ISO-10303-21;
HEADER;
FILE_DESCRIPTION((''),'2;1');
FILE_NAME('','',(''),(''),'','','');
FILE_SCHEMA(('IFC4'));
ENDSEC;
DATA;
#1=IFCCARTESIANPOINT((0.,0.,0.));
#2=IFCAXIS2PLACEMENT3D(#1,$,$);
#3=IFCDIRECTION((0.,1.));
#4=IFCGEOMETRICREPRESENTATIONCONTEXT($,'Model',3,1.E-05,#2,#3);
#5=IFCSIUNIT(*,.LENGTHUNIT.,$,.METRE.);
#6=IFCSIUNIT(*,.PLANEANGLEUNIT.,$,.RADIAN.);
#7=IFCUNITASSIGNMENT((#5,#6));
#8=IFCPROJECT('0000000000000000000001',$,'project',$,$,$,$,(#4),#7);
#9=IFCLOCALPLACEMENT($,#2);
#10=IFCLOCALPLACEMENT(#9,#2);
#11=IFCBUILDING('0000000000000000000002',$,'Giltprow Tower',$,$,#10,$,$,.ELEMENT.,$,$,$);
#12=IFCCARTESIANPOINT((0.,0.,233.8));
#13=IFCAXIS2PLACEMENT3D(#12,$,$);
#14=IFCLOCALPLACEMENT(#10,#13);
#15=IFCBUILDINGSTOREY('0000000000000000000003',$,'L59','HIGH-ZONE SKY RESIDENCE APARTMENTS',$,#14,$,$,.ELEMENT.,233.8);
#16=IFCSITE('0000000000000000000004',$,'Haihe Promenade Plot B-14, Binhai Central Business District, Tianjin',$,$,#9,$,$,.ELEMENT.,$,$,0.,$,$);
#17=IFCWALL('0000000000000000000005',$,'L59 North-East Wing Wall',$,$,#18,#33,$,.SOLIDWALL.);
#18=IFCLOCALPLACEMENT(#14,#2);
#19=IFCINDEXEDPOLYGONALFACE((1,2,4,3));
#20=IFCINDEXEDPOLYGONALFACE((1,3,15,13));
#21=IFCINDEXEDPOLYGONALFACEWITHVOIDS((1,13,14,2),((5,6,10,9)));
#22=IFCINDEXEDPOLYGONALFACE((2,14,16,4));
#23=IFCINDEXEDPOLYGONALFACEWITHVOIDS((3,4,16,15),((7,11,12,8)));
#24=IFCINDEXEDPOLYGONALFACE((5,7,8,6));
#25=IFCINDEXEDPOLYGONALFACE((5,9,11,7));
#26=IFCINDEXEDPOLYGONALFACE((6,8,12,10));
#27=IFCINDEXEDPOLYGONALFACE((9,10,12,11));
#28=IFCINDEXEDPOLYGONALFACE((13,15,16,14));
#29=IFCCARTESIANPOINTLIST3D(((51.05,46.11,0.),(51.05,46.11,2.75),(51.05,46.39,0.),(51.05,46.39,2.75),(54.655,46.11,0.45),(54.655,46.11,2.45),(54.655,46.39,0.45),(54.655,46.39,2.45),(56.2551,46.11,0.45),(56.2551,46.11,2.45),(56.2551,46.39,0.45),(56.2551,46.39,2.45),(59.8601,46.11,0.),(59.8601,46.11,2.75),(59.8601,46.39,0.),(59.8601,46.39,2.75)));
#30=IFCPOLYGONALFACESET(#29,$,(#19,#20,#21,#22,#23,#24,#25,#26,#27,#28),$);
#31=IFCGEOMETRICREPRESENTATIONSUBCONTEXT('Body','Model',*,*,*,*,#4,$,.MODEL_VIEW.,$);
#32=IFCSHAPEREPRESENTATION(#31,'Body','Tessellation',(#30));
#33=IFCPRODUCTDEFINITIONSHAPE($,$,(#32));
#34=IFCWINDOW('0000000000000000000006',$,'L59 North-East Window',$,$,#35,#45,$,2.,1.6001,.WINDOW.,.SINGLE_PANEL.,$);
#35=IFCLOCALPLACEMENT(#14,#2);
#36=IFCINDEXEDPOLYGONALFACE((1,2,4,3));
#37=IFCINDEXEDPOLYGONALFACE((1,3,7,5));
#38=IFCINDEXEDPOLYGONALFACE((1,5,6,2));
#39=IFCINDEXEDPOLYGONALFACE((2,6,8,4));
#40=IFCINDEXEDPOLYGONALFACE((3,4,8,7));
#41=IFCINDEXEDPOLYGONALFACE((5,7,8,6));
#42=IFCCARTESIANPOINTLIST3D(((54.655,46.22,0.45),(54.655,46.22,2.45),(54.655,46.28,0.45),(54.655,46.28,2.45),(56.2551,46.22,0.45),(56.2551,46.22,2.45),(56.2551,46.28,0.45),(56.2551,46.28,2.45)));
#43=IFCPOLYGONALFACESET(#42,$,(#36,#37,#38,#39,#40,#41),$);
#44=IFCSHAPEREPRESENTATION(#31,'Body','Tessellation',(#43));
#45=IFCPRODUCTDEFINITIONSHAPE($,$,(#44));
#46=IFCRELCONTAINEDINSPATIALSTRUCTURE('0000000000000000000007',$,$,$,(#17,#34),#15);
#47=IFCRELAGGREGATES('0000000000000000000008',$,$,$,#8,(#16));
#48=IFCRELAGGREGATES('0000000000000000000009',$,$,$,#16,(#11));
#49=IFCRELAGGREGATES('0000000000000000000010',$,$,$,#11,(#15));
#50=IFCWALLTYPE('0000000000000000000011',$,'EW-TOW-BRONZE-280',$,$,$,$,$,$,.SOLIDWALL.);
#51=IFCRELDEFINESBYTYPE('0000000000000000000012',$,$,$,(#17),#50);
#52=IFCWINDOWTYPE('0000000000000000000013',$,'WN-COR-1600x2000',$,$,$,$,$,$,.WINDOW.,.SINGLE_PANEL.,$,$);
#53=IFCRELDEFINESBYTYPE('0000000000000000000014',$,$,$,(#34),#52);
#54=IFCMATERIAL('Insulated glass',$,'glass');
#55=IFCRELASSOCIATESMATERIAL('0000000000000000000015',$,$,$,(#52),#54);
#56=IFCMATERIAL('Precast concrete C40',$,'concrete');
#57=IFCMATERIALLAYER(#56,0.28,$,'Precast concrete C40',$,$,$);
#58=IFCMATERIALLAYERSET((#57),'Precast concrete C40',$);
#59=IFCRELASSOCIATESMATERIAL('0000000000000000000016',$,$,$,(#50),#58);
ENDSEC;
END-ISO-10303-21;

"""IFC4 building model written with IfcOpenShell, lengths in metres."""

from ifc_helpers import new_model, si_unit, direction, frame, frame_2d, origin, place, context, subcontext, project, spatial, rectangle, extrude, source, transform, mapped, material, layer, layer_set, type_object, element, fill, save


model = new_model("IFC4")

# Units and contexts
model_context = context("Model", 3, precision=1e-05, world=origin(), true_north=direction((0.0, 1.0)))
body_context = subcontext(model_context, "Body", "Model", "MODEL_VIEW")
ifc_project = project(units=[si_unit("LENGTHUNIT", "METRE"), si_unit("PLANEANGLEUNIT", "RADIAN")], contexts=[model_context])

# Site, building, storey
site_placement = place(None, origin())
site = spatial("IfcSite", under=ifc_project, at=site_placement, Name="Haihe Promenade Plot B-14, Binhai Central Business District, Tianjin", CompositionType="ELEMENT", RefElevation=0.0)
building_placement = place(site_placement, origin())
building = spatial("IfcBuilding", under=site, at=building_placement, Name="Giltprow Tower", CompositionType="ELEMENT")
storey_placement = place(building_placement, frame((0.0, 0.0, 233.8)))
storey = spatial("IfcBuildingStorey", under=building, at=storey_placement, Name="L59", Description="HIGH-ZONE SKY RESIDENCE APARTMENTS", CompositionType="ELEMENT", Elevation=233.8)

# Wall, opening, window
ifc_material_1 = material(Name="Precast concrete C40", Category="concrete")
ifc_material_2 = material(Name="Insulated glass", Category="glass")
window_type = type_object("IfcWindowType", Name="WN-COR-1600x2000", PartitioningType="SINGLE_PANEL", PredefinedType="WINDOW", material=ifc_material_2)
shared_shape_1 = source(origin(), body_context, "Body", "SweptSolid", [
    extrude(rectangle(XDim=1.6001, YDim=2.0, at=frame_2d((0.8, 1.0))), frame((0.0, 0.03, 0.0), z_axis=(0.0, -1.0, 0.0), x_axis=(1.0, 0.0, 0.0)), (0.0, 0.0, 1.0), 0.0601),
])
ifc_layer_1 = layer(ifc_material_1, 0.28, Name="Precast concrete C40")
ifc_layer_set_1 = layer_set([ifc_layer_1], Name="Precast concrete C40")
wall_type_1 = type_object("IfcWallType", Name="EW-TOW-BRONZE-280", PredefinedType="SOLIDWALL", material=ifc_layer_set_1)
wall_1_placement = place(storey_placement, frame((51.05, 46.25, 0.0), z_axis=(0.0, 0.0, 1.0), x_axis=(1.0, 0.0, 0.0)))
wall_1 = element("IfcWall", 1, at=wall_1_placement, inside=storey, type_object=wall_type_1, Name="L59 North-East Wing Wall", PredefinedType="SOLIDWALL", context=body_context, shape_type="SweptSolid", body=[
    extrude(rectangle(XDim=8.8101, YDim=0.28, at=frame_2d((4.405, 0.0))), origin(), (0.0, 0.0, 1.0), 2.75),
])
opening_1_placement = place(wall_1_placement, frame((3.605, 0.0, 0.45)))
opening_1 = element("IfcOpeningElement", 2, at=opening_1_placement, cuts=wall_1, PredefinedType="OPENING", context=body_context, shape_type="SweptSolid", body=[
    extrude(rectangle(XDim=1.6001, YDim=2.0, at=frame_2d((0.8, 1.0))), frame((0.0, 0.1499, 0.0), z_axis=(0.0, -1.0, 0.0), x_axis=(1.0, 0.0, 0.0)), (0.0, 0.0, 1.0), 0.3),
])
window_1_placement = place(opening_1_placement, origin())
window_1 = element("IfcWindow", 3, at=window_1_placement, inside=storey, type_object=window_type, Name="L59 North-East Window", OverallHeight=2.0, OverallWidth=1.6001, PartitioningType="SINGLE_PANEL", PredefinedType="WINDOW", context=body_context, shape_type="MappedRepresentation", body=[
    mapped(shared_shape_1, transform((0.0, 0.0, 0.0), x_axis=(1.0, 0.0, 0.0), y_axis=(0.0, 1.0, 0.0), z_axis=(0.0, 0.0, 1.0), scale=1.0)),
])
fill(opening_1, window_1)

save(model, "model.ifc")
